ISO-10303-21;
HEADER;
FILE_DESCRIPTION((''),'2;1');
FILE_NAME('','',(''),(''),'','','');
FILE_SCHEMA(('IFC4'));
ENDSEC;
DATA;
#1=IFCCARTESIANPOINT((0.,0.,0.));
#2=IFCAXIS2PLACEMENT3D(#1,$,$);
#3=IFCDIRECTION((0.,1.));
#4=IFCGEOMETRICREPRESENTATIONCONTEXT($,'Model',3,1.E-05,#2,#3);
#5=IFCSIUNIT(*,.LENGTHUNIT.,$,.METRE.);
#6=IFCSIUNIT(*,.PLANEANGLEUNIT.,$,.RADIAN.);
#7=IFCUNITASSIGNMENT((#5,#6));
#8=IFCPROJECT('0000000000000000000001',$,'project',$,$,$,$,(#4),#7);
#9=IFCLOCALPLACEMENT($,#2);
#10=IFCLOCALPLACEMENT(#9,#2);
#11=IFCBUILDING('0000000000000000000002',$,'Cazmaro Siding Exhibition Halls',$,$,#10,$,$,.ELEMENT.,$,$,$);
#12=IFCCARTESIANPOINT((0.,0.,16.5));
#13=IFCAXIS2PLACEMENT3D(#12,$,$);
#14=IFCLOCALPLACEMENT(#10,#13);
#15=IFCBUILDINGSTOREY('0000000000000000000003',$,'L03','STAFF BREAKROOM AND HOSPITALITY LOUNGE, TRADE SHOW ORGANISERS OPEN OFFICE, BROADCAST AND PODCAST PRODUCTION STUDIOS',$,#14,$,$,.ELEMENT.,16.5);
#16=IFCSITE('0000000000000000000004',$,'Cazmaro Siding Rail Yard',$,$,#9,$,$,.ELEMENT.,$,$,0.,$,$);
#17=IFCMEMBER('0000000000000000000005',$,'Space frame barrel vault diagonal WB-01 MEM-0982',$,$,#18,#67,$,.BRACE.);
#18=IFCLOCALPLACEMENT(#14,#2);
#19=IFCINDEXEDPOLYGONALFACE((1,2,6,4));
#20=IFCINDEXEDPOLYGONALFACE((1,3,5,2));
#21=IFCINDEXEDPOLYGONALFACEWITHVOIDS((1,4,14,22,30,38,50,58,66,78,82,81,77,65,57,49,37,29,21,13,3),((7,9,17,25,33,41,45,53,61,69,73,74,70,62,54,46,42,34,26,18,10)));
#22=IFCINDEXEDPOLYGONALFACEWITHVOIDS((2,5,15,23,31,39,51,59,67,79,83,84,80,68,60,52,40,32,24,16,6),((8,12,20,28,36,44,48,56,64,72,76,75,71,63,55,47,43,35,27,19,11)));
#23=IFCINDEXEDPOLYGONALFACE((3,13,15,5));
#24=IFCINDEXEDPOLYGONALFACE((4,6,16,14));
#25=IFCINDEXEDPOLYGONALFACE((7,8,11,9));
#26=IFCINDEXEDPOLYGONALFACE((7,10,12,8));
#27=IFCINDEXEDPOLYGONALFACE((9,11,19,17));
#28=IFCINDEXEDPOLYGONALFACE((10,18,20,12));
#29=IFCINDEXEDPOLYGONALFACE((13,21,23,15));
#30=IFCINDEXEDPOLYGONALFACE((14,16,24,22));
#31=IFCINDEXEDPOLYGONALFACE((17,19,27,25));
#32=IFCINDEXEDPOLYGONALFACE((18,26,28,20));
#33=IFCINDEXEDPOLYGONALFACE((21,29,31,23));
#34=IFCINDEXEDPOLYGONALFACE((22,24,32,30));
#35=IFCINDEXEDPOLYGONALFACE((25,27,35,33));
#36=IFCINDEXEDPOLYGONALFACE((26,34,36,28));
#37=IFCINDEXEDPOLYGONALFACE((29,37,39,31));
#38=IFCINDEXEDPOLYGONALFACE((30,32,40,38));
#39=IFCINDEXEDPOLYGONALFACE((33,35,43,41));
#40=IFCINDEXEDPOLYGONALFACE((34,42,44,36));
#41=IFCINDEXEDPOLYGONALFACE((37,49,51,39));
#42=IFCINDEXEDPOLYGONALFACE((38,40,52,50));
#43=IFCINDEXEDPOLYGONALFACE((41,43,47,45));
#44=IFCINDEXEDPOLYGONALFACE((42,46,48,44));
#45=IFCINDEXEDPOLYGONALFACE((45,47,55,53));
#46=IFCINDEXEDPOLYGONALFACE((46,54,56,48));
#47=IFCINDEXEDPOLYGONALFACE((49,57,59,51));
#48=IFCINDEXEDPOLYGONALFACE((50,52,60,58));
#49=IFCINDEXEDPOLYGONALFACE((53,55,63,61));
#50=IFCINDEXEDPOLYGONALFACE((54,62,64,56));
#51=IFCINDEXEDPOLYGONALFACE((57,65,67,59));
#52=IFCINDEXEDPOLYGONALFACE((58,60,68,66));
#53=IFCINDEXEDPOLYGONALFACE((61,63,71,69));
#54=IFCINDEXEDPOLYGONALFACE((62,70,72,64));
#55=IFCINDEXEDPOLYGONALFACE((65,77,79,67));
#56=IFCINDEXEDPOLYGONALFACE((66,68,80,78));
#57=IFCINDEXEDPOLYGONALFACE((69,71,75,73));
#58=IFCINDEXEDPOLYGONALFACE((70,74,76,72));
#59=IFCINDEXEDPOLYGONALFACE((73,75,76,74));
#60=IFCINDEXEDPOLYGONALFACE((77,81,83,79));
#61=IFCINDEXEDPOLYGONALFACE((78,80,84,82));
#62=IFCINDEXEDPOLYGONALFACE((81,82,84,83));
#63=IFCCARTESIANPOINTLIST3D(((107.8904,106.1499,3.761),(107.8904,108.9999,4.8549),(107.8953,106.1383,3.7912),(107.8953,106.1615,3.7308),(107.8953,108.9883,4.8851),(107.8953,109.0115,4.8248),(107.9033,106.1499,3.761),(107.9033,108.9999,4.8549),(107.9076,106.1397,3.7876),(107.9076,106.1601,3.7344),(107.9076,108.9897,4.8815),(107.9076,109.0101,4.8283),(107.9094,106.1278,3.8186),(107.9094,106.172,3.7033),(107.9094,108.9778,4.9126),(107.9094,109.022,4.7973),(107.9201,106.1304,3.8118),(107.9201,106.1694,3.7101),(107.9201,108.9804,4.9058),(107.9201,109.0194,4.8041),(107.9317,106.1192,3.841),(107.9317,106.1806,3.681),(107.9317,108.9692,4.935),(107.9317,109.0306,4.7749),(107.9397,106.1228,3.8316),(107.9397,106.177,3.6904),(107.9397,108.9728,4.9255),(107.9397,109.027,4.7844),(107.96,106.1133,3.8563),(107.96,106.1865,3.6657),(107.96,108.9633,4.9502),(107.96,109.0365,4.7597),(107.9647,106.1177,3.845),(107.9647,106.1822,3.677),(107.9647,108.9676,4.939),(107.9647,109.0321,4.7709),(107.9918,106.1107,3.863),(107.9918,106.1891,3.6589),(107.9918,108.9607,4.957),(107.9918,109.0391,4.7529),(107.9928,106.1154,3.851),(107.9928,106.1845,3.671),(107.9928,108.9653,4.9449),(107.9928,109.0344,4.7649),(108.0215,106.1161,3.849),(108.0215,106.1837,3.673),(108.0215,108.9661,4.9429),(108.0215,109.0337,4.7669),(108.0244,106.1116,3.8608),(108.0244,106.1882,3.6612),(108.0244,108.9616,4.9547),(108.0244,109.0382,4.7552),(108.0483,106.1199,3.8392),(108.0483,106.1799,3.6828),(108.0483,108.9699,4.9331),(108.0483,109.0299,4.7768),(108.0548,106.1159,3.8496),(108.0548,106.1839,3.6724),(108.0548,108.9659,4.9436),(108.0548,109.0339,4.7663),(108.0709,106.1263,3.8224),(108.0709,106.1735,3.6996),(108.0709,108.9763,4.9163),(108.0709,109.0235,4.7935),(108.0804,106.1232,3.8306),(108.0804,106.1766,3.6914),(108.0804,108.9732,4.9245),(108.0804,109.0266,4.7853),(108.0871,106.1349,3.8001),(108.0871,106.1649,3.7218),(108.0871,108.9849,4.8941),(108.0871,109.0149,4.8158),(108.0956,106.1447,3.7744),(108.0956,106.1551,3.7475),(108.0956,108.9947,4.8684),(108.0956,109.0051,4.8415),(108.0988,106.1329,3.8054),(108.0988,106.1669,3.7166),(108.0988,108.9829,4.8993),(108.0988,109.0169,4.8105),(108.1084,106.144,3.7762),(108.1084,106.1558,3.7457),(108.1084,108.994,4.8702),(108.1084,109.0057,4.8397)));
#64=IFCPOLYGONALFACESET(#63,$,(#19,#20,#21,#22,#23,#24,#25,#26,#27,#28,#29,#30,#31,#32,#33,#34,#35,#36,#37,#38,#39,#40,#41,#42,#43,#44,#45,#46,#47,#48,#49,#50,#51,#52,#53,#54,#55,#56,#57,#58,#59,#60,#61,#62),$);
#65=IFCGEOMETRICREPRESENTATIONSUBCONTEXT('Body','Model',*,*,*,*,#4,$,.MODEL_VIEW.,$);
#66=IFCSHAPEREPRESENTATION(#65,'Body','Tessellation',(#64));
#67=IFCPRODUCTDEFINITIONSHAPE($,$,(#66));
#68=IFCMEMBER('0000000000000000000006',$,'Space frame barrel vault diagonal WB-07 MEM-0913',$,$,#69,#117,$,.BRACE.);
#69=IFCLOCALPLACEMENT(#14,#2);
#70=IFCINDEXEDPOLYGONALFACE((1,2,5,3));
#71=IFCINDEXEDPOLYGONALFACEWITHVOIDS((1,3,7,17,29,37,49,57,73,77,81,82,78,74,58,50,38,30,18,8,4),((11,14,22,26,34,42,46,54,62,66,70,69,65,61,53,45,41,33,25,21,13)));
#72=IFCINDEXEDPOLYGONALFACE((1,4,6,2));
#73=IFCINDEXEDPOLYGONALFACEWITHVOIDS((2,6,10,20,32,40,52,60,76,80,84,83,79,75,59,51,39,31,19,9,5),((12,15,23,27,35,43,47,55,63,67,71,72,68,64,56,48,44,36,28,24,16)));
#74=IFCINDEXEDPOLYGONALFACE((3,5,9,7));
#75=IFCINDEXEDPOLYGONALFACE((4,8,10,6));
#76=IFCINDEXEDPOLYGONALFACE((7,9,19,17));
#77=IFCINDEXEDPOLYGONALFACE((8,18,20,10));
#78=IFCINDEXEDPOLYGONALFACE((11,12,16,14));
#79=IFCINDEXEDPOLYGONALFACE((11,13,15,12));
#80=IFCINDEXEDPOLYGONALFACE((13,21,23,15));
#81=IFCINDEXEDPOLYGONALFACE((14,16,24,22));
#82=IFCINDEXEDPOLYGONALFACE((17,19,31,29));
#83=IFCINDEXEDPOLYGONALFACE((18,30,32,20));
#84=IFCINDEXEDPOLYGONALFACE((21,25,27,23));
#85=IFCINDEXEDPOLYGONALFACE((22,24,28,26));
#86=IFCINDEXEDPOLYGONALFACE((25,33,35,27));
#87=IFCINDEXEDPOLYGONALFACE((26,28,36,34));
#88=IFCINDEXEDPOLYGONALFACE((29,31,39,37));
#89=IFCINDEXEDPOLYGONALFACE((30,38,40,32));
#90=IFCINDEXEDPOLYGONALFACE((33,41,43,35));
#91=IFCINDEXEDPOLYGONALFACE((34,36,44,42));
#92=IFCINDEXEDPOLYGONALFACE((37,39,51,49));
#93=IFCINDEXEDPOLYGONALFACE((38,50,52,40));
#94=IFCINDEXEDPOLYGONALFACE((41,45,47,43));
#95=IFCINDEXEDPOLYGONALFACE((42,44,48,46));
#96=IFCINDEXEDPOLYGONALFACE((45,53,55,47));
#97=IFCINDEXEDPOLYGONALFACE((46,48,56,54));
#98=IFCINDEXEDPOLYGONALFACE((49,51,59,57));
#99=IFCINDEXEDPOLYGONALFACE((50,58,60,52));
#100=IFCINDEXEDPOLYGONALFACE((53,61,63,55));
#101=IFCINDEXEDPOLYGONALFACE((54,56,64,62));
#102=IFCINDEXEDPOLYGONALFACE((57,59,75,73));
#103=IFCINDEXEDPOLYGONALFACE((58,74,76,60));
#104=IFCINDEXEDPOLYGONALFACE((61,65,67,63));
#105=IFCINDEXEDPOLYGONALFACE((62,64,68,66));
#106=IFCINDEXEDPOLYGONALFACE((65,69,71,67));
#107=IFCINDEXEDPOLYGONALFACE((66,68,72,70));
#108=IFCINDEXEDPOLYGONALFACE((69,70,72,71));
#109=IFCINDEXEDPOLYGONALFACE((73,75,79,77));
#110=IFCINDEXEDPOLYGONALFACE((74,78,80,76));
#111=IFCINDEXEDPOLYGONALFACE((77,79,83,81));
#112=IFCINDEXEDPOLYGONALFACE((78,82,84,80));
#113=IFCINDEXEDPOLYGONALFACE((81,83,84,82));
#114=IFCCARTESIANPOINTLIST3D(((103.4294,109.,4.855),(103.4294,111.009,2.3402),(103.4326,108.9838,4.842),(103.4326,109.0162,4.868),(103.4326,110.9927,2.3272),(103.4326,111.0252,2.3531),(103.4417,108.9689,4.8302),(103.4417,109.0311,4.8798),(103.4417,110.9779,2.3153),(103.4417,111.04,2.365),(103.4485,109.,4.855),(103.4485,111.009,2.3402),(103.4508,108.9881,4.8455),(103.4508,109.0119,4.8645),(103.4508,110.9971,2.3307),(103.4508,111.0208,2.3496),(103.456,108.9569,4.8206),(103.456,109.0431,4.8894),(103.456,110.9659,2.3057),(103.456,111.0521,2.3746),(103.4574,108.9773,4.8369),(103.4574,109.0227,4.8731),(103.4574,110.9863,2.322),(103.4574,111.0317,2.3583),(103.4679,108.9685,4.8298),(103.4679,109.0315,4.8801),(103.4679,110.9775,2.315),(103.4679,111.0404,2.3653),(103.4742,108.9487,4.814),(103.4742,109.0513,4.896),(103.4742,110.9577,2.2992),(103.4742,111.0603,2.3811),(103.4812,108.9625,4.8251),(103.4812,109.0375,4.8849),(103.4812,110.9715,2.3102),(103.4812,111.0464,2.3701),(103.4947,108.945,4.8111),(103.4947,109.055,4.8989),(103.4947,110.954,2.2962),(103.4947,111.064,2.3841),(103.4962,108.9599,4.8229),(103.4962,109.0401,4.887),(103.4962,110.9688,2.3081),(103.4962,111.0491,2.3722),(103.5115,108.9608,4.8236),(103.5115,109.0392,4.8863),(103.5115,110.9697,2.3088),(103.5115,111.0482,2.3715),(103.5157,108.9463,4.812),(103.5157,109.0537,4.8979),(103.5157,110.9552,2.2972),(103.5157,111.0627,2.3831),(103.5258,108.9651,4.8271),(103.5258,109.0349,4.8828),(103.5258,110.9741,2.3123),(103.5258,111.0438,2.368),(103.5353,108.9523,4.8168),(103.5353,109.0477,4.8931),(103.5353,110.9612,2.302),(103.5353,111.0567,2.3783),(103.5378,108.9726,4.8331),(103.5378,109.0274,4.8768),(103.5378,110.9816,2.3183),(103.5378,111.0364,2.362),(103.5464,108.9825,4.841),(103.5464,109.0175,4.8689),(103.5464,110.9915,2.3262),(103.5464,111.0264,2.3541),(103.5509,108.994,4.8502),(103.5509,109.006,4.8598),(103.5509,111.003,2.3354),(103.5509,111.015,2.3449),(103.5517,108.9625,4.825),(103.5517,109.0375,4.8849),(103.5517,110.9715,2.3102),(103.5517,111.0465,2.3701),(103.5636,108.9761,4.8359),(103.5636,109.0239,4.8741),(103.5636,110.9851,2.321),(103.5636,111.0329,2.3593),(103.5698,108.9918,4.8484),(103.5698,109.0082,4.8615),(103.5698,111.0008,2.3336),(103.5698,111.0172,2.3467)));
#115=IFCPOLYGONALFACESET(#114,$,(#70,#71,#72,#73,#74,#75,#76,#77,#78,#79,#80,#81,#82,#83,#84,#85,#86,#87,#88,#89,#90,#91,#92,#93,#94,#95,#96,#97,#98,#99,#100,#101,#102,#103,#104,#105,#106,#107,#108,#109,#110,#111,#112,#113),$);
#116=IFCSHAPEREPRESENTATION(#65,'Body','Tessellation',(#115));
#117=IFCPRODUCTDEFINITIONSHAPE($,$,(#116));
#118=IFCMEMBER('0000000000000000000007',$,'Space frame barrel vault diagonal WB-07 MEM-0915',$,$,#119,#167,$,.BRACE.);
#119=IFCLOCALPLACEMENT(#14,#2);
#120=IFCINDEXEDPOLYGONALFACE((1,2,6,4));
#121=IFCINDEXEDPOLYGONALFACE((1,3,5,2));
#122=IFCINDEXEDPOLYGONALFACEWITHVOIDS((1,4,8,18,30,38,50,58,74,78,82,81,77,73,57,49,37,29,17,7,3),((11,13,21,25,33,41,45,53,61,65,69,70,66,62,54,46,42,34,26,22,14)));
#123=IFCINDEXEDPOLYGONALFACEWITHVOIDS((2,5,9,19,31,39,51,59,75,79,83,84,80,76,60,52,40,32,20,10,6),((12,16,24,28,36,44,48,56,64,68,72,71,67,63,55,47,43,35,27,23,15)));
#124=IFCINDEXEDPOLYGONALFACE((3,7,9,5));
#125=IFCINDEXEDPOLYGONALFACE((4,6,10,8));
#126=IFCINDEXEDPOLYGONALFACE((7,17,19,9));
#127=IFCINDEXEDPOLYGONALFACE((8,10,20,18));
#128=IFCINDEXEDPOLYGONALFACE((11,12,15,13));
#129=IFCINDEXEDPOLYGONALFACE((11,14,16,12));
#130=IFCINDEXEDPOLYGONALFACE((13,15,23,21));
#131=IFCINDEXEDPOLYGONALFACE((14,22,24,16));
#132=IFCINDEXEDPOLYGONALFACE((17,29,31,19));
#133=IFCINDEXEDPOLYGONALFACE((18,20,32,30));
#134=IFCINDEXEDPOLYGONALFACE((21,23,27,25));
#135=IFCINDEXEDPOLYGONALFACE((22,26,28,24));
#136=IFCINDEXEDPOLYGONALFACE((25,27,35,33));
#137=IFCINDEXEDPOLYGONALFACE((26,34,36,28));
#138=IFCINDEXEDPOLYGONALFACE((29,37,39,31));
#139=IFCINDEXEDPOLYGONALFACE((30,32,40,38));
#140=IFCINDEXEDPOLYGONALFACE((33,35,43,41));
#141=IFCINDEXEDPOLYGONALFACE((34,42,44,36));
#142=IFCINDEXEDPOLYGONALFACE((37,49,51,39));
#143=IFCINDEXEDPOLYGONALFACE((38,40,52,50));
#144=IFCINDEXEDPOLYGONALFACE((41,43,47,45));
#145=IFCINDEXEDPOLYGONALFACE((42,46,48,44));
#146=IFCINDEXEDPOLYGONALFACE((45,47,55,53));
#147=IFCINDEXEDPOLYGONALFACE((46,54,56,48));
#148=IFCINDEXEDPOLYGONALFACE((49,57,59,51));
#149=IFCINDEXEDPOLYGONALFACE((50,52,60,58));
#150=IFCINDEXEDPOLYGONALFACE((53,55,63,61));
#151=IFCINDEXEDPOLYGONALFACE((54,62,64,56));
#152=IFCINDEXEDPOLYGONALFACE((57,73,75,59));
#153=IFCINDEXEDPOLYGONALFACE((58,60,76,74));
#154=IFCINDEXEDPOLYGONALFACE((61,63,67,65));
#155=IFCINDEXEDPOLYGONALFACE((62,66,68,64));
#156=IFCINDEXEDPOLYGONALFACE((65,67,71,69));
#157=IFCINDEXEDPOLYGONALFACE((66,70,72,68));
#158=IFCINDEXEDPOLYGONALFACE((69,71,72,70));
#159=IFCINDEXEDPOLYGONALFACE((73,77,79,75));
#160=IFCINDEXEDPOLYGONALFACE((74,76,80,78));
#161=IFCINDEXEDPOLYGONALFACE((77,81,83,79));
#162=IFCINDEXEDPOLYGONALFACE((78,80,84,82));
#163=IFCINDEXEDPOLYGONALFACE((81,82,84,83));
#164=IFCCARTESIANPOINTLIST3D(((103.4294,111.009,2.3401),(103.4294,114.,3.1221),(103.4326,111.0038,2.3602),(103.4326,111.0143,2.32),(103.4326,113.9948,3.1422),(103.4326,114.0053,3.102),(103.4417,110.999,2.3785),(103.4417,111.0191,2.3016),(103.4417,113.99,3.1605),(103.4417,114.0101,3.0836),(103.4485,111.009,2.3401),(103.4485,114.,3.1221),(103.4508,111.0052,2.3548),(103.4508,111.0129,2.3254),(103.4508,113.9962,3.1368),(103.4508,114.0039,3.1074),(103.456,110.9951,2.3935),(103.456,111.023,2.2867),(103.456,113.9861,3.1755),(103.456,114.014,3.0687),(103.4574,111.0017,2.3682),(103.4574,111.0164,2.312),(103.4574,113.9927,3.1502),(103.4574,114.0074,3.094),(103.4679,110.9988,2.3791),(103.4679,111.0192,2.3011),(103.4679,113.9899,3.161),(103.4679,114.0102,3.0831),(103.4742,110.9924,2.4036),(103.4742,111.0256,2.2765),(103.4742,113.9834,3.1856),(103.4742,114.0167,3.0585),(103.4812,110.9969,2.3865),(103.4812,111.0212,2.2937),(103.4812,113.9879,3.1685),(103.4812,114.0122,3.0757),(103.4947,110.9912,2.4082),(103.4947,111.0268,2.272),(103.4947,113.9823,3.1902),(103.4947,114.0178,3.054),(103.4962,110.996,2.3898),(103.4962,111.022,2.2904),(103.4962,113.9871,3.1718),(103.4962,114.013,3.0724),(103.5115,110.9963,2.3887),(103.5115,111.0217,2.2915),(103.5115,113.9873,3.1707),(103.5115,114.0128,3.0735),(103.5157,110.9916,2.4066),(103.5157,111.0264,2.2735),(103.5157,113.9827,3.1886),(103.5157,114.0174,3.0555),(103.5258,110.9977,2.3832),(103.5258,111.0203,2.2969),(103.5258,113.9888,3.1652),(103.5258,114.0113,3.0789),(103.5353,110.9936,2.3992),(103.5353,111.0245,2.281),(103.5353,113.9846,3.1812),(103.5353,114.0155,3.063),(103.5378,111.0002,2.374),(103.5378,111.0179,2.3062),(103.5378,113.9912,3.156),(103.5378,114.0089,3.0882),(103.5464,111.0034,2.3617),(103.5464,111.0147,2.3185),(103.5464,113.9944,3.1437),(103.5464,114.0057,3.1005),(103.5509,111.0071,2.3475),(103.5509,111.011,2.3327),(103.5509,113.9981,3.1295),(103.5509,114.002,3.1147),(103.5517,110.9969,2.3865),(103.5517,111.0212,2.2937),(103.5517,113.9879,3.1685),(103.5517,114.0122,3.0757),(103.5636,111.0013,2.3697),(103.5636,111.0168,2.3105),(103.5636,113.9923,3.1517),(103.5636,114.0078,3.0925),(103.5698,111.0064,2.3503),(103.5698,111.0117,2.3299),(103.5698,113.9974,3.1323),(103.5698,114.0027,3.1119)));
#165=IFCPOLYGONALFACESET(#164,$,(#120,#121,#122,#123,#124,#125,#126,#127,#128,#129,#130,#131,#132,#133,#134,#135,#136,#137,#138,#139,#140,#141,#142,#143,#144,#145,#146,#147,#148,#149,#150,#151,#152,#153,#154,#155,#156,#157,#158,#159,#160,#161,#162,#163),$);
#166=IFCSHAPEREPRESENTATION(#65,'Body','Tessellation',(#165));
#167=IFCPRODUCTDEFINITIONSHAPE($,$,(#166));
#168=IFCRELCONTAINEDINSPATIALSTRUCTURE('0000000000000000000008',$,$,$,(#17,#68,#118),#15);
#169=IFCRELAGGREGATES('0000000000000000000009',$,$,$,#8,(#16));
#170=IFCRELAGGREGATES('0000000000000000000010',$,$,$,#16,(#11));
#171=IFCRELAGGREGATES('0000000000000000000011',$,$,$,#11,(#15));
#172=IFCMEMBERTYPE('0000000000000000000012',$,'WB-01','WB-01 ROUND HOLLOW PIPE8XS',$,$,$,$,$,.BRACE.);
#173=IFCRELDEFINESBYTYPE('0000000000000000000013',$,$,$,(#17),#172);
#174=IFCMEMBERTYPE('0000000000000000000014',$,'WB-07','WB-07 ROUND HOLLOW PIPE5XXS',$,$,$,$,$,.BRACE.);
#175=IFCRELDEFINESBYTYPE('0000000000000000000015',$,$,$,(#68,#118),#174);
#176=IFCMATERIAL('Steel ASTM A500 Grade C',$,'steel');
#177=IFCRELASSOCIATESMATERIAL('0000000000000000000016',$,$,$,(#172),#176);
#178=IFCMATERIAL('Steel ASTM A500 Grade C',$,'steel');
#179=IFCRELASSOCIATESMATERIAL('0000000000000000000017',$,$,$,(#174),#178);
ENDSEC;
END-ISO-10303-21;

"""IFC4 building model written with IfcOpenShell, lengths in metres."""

from ifc_helpers import new_model, si_unit, direction, frame, origin, origin_2d, place, context, subcontext, project, spatial, hollow_circle, extrude, material, material_profile, profile_set, type_object, element, save


model = new_model("IFC4")

# Units and contexts
model_context = context("Model", 3, precision=1e-05, world=origin(), true_north=direction((0.0, 1.0)))
body_context = subcontext(model_context, "Body", "Model", "MODEL_VIEW")
ifc_project = project(units=[si_unit("LENGTHUNIT", "METRE"), si_unit("PLANEANGLEUNIT", "RADIAN")], contexts=[model_context])

# Site, building, storey
site_placement = place(None, origin())
site = spatial("IfcSite", under=ifc_project, at=site_placement, Name="Cazmaro Siding Rail Yard", CompositionType="ELEMENT", RefElevation=0.0)
building_placement = place(site_placement, origin())
building = spatial("IfcBuilding", under=site, at=building_placement, Name="Cazmaro Siding Exhibition Halls", CompositionType="ELEMENT")
storey_placement = place(building_placement, frame((0.0, 0.0, 16.5)))
storey = spatial("IfcBuildingStorey", under=building, at=storey_placement, Name="L03", Description="STAFF BREAKROOM AND HOSPITALITY LOUNGE, TRADE SHOW ORGANISERS OPEN OFFICE, BROADCAST AND PODCAST PRODUCTION STUDIOS", CompositionType="ELEMENT", Elevation=16.5)

# Members
ifc_material_1 = material(Name="Steel ASTM A500 Grade C", Category="steel")
ifc_material_profile_1 = material_profile(ifc_material_1, hollow_circle(Radius=0.1096, WallThickness=0.0129, at=origin_2d()), Name="PIPE8XS")
ifc_profile_set_1 = profile_set([ifc_material_profile_1], Name="Steel ASTM A500 Grade C")
member_type_1 = type_object("IfcMemberType", Name="WB-01", Description="WB-01 ROUND HOLLOW PIPE8XS", PredefinedType="BRACE", material=ifc_profile_set_1)
member_1_placement = place(storey_placement, frame((108.0, 106.1499, 3.761), z_axis=(0.0, 0.933587, 0.358352), x_axis=(-1.0, 0.0, 0.0)))
element("IfcMember", 1, at=member_1_placement, inside=storey, type_object=member_type_1, Name="Space frame barrel vault diagonal WB-01 MEM-0982", PredefinedType="BRACE", context=body_context, shape_type="SweptSolid", body=[
    extrude(hollow_circle(Radius=0.1096, WallThickness=0.0129, at=origin_2d()), origin(), (0.0, 0.0, 1.0), 3.0527),
])
ifc_material_2 = material(Name="Steel ASTM A500 Grade C", Category="steel")
ifc_material_profile_2 = material_profile(ifc_material_2, hollow_circle(Radius=0.0706, WallThickness=0.019, at=origin_2d()), Name="PIPE5XXS")
ifc_profile_set_2 = profile_set([ifc_material_profile_2], Name="Steel ASTM A500 Grade C")
member_type_2 = type_object("IfcMemberType", Name="WB-07", Description="WB-07 ROUND HOLLOW PIPE5XXS", PredefinedType="BRACE", material=ifc_profile_set_2)
member_2_placement = place(storey_placement, frame((103.5, 109.0, 4.855), z_axis=(0.0, 0.624149, -0.781305), x_axis=(-1.0, 0.0, 0.0)))
element("IfcMember", 2, at=member_2_placement, inside=storey, type_object=member_type_2, Name="Space frame barrel vault diagonal WB-07 MEM-0913", PredefinedType="BRACE", context=body_context, shape_type="SweptSolid", body=[
    extrude(hollow_circle(Radius=0.0706, WallThickness=0.019, at=origin_2d()), origin(), (0.0, 0.0, 1.0), 3.2188),
])
member_3_placement = place(storey_placement, frame((103.5, 111.009, 2.3401), z_axis=(0.0, 0.96748, 0.252946), x_axis=(-1.0, 0.0, 0.0)))
element("IfcMember", 3, at=member_3_placement, inside=storey, type_object=member_type_2, Name="Space frame barrel vault diagonal WB-07 MEM-0915", PredefinedType="BRACE", context=body_context, shape_type="SweptSolid", body=[
    extrude(hollow_circle(Radius=0.0706, WallThickness=0.019, at=origin_2d()), origin(), (0.0, 0.0, 1.0), 3.0916),
])

save(model, "model.ifc")
